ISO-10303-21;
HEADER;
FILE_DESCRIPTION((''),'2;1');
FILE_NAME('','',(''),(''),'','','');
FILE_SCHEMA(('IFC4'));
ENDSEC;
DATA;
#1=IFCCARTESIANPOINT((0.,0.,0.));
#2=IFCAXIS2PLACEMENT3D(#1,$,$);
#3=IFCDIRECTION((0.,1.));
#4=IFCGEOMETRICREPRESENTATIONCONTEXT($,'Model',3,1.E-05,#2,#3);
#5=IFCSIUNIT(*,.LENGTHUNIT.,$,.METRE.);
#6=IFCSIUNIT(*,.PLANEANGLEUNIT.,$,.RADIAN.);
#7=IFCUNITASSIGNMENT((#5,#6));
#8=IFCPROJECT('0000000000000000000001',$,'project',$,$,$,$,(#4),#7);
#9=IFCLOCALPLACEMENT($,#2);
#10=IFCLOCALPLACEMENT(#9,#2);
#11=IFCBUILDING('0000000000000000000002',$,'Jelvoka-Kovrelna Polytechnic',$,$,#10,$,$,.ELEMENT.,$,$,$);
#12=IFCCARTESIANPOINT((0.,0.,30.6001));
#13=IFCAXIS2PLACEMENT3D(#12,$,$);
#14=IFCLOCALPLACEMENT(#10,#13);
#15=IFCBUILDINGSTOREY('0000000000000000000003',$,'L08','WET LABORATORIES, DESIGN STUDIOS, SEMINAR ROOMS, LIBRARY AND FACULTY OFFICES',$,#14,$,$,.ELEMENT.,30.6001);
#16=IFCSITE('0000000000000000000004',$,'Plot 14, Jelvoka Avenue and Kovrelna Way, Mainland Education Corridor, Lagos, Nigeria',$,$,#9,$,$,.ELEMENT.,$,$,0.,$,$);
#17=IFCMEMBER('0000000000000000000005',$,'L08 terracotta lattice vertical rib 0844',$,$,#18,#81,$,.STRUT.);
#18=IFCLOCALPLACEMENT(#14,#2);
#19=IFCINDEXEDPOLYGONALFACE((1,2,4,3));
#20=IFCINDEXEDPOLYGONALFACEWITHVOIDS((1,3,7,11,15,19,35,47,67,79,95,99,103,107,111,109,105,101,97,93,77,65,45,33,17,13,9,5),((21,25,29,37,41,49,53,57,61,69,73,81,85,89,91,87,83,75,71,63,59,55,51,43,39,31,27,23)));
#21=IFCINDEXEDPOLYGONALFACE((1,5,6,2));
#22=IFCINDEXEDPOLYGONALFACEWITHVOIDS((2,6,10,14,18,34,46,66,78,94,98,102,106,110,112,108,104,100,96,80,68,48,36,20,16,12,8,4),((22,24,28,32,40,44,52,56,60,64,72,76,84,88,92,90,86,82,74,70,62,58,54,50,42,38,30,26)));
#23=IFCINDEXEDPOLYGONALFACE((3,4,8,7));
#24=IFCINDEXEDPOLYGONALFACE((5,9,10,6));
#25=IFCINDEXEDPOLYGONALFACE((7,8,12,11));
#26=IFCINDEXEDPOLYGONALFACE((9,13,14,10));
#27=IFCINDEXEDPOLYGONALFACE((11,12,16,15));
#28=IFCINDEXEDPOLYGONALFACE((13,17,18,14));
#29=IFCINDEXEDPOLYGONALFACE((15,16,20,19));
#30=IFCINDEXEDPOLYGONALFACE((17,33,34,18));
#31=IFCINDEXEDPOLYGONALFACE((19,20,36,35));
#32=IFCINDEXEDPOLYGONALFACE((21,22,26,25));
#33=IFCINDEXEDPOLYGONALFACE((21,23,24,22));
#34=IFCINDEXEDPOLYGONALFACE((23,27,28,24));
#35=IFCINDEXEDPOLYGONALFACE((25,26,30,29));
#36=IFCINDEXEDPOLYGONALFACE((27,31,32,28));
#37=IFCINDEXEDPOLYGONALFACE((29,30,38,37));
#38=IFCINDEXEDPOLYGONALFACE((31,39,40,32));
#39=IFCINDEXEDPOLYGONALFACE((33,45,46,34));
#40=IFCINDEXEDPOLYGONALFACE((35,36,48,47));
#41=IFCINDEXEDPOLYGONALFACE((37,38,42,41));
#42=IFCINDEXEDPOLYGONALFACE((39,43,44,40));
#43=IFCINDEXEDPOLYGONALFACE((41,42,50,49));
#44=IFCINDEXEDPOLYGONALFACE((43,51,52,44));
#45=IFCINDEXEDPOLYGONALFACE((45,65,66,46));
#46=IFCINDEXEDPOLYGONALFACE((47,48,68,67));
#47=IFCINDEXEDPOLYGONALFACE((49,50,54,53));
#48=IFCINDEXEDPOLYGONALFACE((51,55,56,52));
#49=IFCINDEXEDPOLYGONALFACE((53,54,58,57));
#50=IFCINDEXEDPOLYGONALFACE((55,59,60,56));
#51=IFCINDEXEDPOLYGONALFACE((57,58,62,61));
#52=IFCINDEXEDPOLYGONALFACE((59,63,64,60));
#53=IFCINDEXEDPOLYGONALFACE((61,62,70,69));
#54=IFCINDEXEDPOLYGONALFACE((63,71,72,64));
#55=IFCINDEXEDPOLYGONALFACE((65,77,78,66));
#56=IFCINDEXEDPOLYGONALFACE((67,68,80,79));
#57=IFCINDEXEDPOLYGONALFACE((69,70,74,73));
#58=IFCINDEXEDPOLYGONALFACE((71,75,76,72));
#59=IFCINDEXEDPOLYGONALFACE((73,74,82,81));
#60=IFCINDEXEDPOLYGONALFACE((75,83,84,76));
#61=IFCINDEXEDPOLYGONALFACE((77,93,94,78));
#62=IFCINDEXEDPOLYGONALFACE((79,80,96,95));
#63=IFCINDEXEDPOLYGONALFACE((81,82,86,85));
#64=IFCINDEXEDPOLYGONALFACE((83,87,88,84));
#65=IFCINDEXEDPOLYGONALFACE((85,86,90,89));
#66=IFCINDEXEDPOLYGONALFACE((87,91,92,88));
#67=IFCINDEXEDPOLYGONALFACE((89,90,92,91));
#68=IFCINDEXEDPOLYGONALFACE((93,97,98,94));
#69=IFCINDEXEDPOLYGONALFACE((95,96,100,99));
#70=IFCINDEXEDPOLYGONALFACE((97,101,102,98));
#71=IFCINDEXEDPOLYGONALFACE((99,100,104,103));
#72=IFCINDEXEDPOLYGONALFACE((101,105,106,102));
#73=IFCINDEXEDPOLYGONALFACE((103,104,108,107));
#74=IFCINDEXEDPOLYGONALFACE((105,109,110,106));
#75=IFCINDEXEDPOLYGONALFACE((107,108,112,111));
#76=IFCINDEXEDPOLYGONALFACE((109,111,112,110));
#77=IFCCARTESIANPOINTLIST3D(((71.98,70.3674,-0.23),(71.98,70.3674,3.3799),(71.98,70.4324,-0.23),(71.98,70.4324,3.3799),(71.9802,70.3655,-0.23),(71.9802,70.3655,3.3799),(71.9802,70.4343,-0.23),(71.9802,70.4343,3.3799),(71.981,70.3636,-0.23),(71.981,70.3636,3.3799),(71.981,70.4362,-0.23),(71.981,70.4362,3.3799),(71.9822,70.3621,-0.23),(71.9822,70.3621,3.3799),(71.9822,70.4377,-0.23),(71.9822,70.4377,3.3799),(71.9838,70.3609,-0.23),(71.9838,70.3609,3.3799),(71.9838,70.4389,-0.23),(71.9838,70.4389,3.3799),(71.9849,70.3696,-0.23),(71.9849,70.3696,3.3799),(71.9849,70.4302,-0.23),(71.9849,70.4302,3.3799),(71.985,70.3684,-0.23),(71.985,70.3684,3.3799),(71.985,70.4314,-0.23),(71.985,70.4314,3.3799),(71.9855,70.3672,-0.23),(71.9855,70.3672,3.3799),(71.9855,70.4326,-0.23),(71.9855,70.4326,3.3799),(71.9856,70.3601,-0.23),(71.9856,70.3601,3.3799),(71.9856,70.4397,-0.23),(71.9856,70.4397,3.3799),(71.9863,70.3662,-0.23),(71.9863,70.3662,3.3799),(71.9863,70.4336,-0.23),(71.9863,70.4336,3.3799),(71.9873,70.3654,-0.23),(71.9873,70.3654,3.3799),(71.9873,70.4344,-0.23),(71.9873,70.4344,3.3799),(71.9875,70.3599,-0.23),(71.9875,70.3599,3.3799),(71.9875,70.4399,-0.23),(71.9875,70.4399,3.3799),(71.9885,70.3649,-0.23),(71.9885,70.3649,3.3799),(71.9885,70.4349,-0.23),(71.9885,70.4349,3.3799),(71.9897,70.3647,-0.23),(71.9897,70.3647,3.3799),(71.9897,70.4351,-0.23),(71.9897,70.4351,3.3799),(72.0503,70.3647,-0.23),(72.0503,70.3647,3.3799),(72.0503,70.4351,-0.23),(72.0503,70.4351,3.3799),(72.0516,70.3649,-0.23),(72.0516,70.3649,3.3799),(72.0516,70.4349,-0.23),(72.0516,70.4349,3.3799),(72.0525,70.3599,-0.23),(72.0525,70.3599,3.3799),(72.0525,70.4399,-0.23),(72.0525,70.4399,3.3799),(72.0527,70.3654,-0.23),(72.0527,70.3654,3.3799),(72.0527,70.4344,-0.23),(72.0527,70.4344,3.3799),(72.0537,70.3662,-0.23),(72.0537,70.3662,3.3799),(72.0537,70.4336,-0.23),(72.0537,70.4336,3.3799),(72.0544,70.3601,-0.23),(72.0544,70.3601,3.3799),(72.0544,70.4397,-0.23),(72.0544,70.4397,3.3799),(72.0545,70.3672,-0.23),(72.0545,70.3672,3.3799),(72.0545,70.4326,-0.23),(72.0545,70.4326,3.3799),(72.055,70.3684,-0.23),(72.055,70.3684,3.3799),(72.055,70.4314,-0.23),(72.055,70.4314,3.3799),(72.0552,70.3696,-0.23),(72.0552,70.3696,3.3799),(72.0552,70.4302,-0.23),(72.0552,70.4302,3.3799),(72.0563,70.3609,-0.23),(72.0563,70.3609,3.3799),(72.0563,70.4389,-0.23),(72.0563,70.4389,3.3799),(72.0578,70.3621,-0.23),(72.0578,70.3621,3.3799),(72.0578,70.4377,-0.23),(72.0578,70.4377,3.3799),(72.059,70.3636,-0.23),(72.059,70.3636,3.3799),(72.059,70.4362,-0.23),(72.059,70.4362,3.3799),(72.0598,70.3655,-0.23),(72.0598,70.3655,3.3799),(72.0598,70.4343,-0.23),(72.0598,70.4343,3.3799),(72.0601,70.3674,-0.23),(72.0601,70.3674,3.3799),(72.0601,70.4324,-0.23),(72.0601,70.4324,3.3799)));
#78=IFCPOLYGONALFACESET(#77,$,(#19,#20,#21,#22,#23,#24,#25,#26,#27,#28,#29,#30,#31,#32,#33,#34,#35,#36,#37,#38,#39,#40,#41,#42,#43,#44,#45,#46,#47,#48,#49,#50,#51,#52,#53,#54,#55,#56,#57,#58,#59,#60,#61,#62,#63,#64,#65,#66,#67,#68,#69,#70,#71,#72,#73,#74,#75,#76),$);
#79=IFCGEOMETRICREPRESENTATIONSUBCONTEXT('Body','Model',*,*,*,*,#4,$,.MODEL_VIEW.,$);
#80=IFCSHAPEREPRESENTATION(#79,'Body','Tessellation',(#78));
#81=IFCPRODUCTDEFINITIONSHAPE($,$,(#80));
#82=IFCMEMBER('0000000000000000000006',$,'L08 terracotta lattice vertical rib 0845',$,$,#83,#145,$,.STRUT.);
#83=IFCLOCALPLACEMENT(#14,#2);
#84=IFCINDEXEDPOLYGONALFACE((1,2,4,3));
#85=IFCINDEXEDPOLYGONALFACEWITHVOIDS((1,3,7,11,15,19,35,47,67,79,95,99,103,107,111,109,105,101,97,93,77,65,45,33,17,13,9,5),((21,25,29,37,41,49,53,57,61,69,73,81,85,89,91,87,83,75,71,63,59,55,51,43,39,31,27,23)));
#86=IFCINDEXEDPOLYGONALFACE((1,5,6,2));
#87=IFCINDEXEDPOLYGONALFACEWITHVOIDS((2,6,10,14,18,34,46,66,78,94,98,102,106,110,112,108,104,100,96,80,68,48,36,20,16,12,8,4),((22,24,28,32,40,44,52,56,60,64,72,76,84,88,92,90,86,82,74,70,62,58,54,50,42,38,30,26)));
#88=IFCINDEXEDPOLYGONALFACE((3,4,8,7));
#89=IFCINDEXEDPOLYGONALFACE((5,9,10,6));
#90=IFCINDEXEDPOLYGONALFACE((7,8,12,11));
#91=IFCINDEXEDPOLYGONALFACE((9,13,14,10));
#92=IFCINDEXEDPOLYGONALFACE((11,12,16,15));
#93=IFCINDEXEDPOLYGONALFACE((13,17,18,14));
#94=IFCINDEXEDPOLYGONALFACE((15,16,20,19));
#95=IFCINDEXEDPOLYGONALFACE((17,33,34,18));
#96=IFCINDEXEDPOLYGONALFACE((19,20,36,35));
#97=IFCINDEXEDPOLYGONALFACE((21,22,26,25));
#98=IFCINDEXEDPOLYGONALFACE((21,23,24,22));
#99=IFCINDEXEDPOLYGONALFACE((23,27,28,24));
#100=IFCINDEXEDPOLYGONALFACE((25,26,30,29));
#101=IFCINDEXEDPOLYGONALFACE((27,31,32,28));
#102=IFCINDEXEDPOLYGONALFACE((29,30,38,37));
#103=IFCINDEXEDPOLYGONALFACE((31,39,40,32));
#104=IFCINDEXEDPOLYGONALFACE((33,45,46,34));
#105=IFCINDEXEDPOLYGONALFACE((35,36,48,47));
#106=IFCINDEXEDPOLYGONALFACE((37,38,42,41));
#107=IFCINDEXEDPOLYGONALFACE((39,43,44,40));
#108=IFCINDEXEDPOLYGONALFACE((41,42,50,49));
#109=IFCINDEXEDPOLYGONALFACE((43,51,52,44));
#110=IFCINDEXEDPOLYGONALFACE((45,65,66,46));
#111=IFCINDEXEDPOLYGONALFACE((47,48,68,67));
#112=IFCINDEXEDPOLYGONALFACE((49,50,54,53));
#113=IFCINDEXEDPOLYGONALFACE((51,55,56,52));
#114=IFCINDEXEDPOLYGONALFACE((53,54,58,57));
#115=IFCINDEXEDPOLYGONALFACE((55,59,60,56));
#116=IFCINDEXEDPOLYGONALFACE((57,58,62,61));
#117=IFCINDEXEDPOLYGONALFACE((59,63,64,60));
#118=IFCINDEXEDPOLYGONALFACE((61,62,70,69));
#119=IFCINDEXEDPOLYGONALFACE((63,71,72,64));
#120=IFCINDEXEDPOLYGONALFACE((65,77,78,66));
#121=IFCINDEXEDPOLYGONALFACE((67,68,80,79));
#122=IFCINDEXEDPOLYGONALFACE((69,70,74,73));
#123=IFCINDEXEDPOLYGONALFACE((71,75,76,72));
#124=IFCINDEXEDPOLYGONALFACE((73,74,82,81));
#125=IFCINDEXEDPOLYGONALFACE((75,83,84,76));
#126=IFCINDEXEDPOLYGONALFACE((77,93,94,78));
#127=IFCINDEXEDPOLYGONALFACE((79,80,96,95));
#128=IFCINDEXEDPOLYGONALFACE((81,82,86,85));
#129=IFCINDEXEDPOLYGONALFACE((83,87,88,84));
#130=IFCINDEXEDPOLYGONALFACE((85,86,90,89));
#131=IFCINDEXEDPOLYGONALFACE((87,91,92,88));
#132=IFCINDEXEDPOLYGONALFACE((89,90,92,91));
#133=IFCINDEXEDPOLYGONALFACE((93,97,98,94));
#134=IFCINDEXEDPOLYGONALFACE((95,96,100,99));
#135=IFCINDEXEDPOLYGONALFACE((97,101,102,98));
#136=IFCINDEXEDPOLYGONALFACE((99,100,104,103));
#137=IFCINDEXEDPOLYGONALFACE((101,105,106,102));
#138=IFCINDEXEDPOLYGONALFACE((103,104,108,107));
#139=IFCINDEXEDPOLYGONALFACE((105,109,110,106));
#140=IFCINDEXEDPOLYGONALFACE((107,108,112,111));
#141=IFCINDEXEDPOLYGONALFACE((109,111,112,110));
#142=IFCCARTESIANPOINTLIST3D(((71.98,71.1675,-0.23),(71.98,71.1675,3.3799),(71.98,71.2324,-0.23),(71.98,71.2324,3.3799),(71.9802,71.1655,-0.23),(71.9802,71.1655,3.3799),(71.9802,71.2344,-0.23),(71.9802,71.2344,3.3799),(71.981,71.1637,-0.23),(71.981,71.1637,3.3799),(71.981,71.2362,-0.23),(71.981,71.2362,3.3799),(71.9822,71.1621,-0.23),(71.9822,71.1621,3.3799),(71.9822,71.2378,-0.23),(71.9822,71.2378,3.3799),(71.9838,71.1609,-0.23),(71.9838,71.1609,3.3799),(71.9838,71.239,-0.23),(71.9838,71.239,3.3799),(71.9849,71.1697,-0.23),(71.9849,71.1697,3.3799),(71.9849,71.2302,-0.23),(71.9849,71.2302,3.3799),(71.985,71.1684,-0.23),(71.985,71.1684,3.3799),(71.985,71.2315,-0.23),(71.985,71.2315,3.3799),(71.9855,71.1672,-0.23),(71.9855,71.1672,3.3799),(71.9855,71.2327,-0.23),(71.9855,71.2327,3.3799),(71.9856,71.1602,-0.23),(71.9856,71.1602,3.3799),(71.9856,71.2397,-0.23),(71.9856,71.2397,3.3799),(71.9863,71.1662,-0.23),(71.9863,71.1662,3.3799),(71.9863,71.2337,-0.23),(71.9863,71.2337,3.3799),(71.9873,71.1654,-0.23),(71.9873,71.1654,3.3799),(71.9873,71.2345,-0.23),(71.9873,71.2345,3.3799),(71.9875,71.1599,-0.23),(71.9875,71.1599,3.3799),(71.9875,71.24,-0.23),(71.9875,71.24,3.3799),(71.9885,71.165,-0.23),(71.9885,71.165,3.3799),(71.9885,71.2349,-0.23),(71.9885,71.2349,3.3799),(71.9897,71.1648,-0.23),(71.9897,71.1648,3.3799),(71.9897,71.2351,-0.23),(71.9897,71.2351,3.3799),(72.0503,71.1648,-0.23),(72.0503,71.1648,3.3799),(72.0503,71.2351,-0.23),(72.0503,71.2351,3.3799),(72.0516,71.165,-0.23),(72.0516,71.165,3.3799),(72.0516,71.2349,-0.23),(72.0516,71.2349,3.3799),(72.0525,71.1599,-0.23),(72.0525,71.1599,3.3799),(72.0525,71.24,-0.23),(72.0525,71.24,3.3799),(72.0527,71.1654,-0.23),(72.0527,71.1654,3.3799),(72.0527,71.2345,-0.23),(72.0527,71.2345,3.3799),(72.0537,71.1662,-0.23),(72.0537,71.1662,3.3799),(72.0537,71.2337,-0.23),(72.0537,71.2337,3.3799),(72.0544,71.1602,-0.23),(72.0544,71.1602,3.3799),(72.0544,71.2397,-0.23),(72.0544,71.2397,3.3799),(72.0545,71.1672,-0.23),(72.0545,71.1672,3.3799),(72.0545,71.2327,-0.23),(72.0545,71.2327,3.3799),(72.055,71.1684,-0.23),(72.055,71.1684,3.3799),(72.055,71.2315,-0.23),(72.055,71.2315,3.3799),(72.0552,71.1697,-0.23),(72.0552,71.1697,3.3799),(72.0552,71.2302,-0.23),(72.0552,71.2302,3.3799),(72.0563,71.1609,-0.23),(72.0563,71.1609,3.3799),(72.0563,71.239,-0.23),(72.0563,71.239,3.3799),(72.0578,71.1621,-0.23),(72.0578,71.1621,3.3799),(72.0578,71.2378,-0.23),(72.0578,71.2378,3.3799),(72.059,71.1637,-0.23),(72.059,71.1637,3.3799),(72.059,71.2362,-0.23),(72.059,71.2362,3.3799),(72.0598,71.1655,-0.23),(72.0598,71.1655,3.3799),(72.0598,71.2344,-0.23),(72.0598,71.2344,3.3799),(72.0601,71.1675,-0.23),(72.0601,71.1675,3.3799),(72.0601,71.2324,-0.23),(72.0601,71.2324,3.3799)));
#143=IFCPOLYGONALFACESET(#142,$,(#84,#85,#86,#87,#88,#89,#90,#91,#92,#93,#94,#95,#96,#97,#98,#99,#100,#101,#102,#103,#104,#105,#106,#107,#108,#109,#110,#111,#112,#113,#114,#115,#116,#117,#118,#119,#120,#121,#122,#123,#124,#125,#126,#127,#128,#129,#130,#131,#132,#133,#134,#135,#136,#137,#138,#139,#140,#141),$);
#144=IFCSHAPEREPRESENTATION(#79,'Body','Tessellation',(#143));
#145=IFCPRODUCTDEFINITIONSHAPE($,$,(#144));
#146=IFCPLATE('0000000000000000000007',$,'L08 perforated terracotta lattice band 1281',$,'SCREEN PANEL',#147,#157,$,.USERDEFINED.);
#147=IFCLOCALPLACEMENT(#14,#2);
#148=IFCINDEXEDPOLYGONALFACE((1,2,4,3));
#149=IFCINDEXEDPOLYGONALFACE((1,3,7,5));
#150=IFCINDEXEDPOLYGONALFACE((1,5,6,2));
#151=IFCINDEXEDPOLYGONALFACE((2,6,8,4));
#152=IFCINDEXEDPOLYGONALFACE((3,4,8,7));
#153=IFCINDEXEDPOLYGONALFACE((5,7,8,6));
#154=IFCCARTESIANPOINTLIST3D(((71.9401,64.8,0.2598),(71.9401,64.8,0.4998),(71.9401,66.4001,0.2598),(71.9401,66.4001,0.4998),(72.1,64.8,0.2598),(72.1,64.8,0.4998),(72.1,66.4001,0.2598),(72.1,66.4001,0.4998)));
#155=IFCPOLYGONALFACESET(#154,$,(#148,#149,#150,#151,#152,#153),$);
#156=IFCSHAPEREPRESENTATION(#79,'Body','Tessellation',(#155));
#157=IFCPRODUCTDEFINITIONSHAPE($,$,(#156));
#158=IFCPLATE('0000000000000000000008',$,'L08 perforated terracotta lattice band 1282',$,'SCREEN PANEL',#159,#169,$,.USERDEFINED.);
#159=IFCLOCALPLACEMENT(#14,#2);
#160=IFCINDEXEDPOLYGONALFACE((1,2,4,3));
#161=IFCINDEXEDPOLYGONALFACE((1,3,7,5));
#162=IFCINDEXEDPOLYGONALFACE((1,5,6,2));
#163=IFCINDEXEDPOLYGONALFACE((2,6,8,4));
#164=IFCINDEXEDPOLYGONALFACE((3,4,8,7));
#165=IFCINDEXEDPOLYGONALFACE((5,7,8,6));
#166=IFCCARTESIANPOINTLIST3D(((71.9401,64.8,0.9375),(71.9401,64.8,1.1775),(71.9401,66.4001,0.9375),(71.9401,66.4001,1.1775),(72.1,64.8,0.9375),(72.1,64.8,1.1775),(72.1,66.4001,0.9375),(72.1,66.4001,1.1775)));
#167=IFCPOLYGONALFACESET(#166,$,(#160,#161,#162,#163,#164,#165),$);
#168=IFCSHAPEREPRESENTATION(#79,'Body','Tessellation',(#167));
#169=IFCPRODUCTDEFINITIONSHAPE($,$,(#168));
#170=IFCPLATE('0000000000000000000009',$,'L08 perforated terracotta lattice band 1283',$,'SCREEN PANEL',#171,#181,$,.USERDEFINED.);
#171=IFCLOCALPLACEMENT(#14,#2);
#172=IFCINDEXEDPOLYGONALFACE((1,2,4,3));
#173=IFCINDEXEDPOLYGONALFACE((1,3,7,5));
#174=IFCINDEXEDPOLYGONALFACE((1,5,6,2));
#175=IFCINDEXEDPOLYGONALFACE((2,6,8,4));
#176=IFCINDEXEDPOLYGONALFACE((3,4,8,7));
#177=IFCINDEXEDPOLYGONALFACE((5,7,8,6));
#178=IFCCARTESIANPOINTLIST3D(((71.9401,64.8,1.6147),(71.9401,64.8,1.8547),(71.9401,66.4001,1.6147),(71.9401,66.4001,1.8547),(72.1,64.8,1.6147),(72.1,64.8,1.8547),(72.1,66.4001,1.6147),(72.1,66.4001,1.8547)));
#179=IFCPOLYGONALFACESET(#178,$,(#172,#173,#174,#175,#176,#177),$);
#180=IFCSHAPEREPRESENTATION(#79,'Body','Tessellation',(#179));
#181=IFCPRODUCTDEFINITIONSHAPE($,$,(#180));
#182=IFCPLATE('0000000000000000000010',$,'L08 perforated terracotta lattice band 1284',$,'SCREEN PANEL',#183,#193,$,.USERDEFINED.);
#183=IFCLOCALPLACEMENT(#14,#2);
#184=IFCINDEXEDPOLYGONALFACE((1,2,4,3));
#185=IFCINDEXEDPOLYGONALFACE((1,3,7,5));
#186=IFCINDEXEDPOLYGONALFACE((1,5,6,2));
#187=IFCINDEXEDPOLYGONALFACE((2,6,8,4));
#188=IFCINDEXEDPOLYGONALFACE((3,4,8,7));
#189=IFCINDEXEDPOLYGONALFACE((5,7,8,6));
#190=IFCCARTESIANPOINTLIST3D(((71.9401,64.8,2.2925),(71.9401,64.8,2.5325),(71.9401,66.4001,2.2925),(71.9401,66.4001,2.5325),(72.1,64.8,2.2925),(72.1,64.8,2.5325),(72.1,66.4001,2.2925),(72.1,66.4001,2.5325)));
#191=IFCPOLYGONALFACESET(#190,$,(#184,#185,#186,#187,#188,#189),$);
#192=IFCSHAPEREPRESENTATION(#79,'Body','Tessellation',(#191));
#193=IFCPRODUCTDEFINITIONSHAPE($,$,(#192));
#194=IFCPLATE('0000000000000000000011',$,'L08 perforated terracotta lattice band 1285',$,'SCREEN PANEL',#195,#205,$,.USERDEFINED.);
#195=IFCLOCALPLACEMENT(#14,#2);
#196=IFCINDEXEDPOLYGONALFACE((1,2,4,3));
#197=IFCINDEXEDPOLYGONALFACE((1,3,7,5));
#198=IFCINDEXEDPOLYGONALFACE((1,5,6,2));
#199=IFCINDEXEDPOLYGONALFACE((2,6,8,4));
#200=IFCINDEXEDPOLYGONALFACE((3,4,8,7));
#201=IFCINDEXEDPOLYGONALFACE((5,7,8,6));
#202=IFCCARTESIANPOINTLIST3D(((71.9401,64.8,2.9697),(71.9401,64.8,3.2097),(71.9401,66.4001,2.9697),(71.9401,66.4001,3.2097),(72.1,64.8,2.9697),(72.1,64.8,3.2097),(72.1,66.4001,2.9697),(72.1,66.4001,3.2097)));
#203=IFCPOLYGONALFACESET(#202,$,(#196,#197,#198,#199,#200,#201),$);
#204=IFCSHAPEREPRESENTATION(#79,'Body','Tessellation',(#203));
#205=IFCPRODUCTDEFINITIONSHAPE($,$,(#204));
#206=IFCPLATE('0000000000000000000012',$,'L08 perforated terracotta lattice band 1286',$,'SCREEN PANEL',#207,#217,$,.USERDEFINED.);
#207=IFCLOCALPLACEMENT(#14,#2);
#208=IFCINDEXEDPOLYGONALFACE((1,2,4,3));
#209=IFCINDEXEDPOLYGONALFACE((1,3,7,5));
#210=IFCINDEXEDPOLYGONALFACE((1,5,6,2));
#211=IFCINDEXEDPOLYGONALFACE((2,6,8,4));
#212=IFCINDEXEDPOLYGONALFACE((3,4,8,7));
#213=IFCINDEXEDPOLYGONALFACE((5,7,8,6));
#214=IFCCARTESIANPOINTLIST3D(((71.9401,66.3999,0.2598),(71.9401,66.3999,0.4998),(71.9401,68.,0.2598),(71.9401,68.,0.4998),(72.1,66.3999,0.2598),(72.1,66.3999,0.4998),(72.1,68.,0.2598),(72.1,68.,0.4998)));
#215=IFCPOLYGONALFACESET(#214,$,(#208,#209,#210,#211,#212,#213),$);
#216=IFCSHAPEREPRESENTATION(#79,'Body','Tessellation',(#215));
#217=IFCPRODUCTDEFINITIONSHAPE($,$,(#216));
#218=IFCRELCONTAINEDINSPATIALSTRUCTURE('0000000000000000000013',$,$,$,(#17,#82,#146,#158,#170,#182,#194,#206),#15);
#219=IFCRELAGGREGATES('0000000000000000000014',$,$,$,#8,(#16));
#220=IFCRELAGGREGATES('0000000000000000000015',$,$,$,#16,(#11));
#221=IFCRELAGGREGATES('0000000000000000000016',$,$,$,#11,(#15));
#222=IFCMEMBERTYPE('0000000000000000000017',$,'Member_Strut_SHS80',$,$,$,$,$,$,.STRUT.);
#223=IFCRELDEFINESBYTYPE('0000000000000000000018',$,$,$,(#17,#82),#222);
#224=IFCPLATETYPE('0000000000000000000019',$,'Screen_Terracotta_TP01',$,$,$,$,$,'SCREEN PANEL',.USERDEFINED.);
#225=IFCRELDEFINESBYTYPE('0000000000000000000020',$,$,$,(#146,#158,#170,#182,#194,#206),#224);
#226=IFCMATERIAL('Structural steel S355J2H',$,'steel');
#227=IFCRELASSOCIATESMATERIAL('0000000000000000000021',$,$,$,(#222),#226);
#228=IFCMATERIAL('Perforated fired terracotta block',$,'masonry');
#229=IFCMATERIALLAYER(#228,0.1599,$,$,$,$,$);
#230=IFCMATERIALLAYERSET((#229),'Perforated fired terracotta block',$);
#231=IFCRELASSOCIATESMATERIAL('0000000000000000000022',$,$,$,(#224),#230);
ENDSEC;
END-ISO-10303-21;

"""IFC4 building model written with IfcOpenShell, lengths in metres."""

from ifc_helpers import new_model, si_unit, direction, frame, origin, origin_2d, place, context, subcontext, project, spatial, rectangle, hollow_rectangle, extrude, material, layer, layer_set, material_profile, profile_set, type_object, element, save


model = new_model("IFC4")

# Units and contexts
model_context = context("Model", 3, precision=1e-05, world=origin(), true_north=direction((0.0, 1.0)))
body_context = subcontext(model_context, "Body", "Model", "MODEL_VIEW")
ifc_project = project(units=[si_unit("LENGTHUNIT", "METRE"), si_unit("PLANEANGLEUNIT", "RADIAN")], contexts=[model_context])

# Site, building, storey
site_placement = place(None, origin())
site = spatial("IfcSite", under=ifc_project, at=site_placement, Name="Plot 14, Jelvoka Avenue and Kovrelna Way, Mainland Education Corridor, Lagos, Nigeria", CompositionType="ELEMENT", RefElevation=0.0)
building_placement = place(site_placement, origin())
building = spatial("IfcBuilding", under=site, at=building_placement, Name="Jelvoka-Kovrelna Polytechnic", CompositionType="ELEMENT")
storey_placement = place(building_placement, frame((0.0, 0.0, 30.6001)))
storey = spatial("IfcBuildingStorey", under=building, at=storey_placement, Name="L08", Description="WET LABORATORIES, DESIGN STUDIOS, SEMINAR ROOMS, LIBRARY AND FACULTY OFFICES", CompositionType="ELEMENT", Elevation=30.6001)

# Members
ifc_material_1 = material(Name="Structural steel S355J2H", Category="steel")
ifc_material_profile_1 = material_profile(ifc_material_1, hollow_rectangle(XDim=0.0801, YDim=0.0801, WallThickness=0.0049, InnerFilletRadius=0.0049, OuterFilletRadius=0.0076, at=origin_2d()), Name="80x80x5.0 SHS")
ifc_profile_set_1 = profile_set([ifc_material_profile_1], Name="Structural steel S355J2H")
member_type_1 = type_object("IfcMemberType", Name="Member_Strut_SHS80", PredefinedType="STRUT", material=ifc_profile_set_1)
for number, where, z_axis, x_axis, name in (
    (1, (72.02, 70.3999, -0.23), (0.0, 0.0, 1.0), (1.0, 0.0, 0.0), "L08 terracotta lattice vertical rib 0844"),
    (2, (72.02, 71.2, -0.23), (0.0, 0.0, 1.0), (1.0, 0.0, 0.0), "L08 terracotta lattice vertical rib 0845"),
):
    element("IfcMember", number, at=place(storey_placement, frame(where, z_axis=z_axis, x_axis=x_axis)), inside=storey, type_object=member_type_1, Name=name, PredefinedType="STRUT", context=body_context, shape_type="SweptSolid", body=[
        extrude(hollow_rectangle(XDim=0.0801, YDim=0.0801, WallThickness=0.0049, InnerFilletRadius=0.0049, OuterFilletRadius=0.0076, at=origin_2d()), origin(), (0.0, 0.0, 1.0), 3.6099),
    ])

# Plates
ifc_material_2 = material(Name="Perforated fired terracotta block", Category="masonry")
ifc_layer = layer(ifc_material_2, 0.1599)
ifc_layer_set = layer_set([ifc_layer], Name="Perforated fired terracotta block")
plate_type = type_object("IfcPlateType", Name="Screen_Terracotta_TP01", ElementType="SCREEN PANEL", PredefinedType="USERDEFINED", material=ifc_layer_set)
for number, where, z_axis, x_axis, name in (
    (3, (72.02, 65.6001, 0.2598), (0.0, 0.0, 1.0), (0.0, 1.0, 0.0), "L08 perforated terracotta lattice band 1281"),
    (4, (72.02, 65.6001, 0.9375), (0.0, 0.0, 1.0), (0.0, 1.0, 0.0), "L08 perforated terracotta lattice band 1282"),
    (5, (72.02, 65.6001, 1.6147), (0.0, 0.0, 1.0), (0.0, 1.0, 0.0), "L08 perforated terracotta lattice band 1283"),
    (6, (72.02, 65.6001, 2.2925), (0.0, 0.0, 1.0), (0.0, 1.0, 0.0), "L08 perforated terracotta lattice band 1284"),
    (7, (72.02, 65.6001, 2.9697), (0.0, 0.0, 1.0), (0.0, 1.0, 0.0), "L08 perforated terracotta lattice band 1285"),
    (8, (72.02, 67.2, 0.2598), (0.0, 0.0, 1.0), (0.0, 1.0, 0.0), "L08 perforated terracotta lattice band 1286"),
):
    element("IfcPlate", number, at=place(storey_placement, frame(where, z_axis=z_axis, x_axis=x_axis)), inside=storey, type_object=plate_type, Name=name, ObjectType="SCREEN PANEL", PredefinedType="USERDEFINED", context=body_context, shape_type="SweptSolid", body=[
        extrude(rectangle(XDim=1.6001, YDim=0.1599, at=origin_2d()), origin(), (0.0, 0.0, 1.0), 0.24),
    ])

save(model, "model.ifc")
